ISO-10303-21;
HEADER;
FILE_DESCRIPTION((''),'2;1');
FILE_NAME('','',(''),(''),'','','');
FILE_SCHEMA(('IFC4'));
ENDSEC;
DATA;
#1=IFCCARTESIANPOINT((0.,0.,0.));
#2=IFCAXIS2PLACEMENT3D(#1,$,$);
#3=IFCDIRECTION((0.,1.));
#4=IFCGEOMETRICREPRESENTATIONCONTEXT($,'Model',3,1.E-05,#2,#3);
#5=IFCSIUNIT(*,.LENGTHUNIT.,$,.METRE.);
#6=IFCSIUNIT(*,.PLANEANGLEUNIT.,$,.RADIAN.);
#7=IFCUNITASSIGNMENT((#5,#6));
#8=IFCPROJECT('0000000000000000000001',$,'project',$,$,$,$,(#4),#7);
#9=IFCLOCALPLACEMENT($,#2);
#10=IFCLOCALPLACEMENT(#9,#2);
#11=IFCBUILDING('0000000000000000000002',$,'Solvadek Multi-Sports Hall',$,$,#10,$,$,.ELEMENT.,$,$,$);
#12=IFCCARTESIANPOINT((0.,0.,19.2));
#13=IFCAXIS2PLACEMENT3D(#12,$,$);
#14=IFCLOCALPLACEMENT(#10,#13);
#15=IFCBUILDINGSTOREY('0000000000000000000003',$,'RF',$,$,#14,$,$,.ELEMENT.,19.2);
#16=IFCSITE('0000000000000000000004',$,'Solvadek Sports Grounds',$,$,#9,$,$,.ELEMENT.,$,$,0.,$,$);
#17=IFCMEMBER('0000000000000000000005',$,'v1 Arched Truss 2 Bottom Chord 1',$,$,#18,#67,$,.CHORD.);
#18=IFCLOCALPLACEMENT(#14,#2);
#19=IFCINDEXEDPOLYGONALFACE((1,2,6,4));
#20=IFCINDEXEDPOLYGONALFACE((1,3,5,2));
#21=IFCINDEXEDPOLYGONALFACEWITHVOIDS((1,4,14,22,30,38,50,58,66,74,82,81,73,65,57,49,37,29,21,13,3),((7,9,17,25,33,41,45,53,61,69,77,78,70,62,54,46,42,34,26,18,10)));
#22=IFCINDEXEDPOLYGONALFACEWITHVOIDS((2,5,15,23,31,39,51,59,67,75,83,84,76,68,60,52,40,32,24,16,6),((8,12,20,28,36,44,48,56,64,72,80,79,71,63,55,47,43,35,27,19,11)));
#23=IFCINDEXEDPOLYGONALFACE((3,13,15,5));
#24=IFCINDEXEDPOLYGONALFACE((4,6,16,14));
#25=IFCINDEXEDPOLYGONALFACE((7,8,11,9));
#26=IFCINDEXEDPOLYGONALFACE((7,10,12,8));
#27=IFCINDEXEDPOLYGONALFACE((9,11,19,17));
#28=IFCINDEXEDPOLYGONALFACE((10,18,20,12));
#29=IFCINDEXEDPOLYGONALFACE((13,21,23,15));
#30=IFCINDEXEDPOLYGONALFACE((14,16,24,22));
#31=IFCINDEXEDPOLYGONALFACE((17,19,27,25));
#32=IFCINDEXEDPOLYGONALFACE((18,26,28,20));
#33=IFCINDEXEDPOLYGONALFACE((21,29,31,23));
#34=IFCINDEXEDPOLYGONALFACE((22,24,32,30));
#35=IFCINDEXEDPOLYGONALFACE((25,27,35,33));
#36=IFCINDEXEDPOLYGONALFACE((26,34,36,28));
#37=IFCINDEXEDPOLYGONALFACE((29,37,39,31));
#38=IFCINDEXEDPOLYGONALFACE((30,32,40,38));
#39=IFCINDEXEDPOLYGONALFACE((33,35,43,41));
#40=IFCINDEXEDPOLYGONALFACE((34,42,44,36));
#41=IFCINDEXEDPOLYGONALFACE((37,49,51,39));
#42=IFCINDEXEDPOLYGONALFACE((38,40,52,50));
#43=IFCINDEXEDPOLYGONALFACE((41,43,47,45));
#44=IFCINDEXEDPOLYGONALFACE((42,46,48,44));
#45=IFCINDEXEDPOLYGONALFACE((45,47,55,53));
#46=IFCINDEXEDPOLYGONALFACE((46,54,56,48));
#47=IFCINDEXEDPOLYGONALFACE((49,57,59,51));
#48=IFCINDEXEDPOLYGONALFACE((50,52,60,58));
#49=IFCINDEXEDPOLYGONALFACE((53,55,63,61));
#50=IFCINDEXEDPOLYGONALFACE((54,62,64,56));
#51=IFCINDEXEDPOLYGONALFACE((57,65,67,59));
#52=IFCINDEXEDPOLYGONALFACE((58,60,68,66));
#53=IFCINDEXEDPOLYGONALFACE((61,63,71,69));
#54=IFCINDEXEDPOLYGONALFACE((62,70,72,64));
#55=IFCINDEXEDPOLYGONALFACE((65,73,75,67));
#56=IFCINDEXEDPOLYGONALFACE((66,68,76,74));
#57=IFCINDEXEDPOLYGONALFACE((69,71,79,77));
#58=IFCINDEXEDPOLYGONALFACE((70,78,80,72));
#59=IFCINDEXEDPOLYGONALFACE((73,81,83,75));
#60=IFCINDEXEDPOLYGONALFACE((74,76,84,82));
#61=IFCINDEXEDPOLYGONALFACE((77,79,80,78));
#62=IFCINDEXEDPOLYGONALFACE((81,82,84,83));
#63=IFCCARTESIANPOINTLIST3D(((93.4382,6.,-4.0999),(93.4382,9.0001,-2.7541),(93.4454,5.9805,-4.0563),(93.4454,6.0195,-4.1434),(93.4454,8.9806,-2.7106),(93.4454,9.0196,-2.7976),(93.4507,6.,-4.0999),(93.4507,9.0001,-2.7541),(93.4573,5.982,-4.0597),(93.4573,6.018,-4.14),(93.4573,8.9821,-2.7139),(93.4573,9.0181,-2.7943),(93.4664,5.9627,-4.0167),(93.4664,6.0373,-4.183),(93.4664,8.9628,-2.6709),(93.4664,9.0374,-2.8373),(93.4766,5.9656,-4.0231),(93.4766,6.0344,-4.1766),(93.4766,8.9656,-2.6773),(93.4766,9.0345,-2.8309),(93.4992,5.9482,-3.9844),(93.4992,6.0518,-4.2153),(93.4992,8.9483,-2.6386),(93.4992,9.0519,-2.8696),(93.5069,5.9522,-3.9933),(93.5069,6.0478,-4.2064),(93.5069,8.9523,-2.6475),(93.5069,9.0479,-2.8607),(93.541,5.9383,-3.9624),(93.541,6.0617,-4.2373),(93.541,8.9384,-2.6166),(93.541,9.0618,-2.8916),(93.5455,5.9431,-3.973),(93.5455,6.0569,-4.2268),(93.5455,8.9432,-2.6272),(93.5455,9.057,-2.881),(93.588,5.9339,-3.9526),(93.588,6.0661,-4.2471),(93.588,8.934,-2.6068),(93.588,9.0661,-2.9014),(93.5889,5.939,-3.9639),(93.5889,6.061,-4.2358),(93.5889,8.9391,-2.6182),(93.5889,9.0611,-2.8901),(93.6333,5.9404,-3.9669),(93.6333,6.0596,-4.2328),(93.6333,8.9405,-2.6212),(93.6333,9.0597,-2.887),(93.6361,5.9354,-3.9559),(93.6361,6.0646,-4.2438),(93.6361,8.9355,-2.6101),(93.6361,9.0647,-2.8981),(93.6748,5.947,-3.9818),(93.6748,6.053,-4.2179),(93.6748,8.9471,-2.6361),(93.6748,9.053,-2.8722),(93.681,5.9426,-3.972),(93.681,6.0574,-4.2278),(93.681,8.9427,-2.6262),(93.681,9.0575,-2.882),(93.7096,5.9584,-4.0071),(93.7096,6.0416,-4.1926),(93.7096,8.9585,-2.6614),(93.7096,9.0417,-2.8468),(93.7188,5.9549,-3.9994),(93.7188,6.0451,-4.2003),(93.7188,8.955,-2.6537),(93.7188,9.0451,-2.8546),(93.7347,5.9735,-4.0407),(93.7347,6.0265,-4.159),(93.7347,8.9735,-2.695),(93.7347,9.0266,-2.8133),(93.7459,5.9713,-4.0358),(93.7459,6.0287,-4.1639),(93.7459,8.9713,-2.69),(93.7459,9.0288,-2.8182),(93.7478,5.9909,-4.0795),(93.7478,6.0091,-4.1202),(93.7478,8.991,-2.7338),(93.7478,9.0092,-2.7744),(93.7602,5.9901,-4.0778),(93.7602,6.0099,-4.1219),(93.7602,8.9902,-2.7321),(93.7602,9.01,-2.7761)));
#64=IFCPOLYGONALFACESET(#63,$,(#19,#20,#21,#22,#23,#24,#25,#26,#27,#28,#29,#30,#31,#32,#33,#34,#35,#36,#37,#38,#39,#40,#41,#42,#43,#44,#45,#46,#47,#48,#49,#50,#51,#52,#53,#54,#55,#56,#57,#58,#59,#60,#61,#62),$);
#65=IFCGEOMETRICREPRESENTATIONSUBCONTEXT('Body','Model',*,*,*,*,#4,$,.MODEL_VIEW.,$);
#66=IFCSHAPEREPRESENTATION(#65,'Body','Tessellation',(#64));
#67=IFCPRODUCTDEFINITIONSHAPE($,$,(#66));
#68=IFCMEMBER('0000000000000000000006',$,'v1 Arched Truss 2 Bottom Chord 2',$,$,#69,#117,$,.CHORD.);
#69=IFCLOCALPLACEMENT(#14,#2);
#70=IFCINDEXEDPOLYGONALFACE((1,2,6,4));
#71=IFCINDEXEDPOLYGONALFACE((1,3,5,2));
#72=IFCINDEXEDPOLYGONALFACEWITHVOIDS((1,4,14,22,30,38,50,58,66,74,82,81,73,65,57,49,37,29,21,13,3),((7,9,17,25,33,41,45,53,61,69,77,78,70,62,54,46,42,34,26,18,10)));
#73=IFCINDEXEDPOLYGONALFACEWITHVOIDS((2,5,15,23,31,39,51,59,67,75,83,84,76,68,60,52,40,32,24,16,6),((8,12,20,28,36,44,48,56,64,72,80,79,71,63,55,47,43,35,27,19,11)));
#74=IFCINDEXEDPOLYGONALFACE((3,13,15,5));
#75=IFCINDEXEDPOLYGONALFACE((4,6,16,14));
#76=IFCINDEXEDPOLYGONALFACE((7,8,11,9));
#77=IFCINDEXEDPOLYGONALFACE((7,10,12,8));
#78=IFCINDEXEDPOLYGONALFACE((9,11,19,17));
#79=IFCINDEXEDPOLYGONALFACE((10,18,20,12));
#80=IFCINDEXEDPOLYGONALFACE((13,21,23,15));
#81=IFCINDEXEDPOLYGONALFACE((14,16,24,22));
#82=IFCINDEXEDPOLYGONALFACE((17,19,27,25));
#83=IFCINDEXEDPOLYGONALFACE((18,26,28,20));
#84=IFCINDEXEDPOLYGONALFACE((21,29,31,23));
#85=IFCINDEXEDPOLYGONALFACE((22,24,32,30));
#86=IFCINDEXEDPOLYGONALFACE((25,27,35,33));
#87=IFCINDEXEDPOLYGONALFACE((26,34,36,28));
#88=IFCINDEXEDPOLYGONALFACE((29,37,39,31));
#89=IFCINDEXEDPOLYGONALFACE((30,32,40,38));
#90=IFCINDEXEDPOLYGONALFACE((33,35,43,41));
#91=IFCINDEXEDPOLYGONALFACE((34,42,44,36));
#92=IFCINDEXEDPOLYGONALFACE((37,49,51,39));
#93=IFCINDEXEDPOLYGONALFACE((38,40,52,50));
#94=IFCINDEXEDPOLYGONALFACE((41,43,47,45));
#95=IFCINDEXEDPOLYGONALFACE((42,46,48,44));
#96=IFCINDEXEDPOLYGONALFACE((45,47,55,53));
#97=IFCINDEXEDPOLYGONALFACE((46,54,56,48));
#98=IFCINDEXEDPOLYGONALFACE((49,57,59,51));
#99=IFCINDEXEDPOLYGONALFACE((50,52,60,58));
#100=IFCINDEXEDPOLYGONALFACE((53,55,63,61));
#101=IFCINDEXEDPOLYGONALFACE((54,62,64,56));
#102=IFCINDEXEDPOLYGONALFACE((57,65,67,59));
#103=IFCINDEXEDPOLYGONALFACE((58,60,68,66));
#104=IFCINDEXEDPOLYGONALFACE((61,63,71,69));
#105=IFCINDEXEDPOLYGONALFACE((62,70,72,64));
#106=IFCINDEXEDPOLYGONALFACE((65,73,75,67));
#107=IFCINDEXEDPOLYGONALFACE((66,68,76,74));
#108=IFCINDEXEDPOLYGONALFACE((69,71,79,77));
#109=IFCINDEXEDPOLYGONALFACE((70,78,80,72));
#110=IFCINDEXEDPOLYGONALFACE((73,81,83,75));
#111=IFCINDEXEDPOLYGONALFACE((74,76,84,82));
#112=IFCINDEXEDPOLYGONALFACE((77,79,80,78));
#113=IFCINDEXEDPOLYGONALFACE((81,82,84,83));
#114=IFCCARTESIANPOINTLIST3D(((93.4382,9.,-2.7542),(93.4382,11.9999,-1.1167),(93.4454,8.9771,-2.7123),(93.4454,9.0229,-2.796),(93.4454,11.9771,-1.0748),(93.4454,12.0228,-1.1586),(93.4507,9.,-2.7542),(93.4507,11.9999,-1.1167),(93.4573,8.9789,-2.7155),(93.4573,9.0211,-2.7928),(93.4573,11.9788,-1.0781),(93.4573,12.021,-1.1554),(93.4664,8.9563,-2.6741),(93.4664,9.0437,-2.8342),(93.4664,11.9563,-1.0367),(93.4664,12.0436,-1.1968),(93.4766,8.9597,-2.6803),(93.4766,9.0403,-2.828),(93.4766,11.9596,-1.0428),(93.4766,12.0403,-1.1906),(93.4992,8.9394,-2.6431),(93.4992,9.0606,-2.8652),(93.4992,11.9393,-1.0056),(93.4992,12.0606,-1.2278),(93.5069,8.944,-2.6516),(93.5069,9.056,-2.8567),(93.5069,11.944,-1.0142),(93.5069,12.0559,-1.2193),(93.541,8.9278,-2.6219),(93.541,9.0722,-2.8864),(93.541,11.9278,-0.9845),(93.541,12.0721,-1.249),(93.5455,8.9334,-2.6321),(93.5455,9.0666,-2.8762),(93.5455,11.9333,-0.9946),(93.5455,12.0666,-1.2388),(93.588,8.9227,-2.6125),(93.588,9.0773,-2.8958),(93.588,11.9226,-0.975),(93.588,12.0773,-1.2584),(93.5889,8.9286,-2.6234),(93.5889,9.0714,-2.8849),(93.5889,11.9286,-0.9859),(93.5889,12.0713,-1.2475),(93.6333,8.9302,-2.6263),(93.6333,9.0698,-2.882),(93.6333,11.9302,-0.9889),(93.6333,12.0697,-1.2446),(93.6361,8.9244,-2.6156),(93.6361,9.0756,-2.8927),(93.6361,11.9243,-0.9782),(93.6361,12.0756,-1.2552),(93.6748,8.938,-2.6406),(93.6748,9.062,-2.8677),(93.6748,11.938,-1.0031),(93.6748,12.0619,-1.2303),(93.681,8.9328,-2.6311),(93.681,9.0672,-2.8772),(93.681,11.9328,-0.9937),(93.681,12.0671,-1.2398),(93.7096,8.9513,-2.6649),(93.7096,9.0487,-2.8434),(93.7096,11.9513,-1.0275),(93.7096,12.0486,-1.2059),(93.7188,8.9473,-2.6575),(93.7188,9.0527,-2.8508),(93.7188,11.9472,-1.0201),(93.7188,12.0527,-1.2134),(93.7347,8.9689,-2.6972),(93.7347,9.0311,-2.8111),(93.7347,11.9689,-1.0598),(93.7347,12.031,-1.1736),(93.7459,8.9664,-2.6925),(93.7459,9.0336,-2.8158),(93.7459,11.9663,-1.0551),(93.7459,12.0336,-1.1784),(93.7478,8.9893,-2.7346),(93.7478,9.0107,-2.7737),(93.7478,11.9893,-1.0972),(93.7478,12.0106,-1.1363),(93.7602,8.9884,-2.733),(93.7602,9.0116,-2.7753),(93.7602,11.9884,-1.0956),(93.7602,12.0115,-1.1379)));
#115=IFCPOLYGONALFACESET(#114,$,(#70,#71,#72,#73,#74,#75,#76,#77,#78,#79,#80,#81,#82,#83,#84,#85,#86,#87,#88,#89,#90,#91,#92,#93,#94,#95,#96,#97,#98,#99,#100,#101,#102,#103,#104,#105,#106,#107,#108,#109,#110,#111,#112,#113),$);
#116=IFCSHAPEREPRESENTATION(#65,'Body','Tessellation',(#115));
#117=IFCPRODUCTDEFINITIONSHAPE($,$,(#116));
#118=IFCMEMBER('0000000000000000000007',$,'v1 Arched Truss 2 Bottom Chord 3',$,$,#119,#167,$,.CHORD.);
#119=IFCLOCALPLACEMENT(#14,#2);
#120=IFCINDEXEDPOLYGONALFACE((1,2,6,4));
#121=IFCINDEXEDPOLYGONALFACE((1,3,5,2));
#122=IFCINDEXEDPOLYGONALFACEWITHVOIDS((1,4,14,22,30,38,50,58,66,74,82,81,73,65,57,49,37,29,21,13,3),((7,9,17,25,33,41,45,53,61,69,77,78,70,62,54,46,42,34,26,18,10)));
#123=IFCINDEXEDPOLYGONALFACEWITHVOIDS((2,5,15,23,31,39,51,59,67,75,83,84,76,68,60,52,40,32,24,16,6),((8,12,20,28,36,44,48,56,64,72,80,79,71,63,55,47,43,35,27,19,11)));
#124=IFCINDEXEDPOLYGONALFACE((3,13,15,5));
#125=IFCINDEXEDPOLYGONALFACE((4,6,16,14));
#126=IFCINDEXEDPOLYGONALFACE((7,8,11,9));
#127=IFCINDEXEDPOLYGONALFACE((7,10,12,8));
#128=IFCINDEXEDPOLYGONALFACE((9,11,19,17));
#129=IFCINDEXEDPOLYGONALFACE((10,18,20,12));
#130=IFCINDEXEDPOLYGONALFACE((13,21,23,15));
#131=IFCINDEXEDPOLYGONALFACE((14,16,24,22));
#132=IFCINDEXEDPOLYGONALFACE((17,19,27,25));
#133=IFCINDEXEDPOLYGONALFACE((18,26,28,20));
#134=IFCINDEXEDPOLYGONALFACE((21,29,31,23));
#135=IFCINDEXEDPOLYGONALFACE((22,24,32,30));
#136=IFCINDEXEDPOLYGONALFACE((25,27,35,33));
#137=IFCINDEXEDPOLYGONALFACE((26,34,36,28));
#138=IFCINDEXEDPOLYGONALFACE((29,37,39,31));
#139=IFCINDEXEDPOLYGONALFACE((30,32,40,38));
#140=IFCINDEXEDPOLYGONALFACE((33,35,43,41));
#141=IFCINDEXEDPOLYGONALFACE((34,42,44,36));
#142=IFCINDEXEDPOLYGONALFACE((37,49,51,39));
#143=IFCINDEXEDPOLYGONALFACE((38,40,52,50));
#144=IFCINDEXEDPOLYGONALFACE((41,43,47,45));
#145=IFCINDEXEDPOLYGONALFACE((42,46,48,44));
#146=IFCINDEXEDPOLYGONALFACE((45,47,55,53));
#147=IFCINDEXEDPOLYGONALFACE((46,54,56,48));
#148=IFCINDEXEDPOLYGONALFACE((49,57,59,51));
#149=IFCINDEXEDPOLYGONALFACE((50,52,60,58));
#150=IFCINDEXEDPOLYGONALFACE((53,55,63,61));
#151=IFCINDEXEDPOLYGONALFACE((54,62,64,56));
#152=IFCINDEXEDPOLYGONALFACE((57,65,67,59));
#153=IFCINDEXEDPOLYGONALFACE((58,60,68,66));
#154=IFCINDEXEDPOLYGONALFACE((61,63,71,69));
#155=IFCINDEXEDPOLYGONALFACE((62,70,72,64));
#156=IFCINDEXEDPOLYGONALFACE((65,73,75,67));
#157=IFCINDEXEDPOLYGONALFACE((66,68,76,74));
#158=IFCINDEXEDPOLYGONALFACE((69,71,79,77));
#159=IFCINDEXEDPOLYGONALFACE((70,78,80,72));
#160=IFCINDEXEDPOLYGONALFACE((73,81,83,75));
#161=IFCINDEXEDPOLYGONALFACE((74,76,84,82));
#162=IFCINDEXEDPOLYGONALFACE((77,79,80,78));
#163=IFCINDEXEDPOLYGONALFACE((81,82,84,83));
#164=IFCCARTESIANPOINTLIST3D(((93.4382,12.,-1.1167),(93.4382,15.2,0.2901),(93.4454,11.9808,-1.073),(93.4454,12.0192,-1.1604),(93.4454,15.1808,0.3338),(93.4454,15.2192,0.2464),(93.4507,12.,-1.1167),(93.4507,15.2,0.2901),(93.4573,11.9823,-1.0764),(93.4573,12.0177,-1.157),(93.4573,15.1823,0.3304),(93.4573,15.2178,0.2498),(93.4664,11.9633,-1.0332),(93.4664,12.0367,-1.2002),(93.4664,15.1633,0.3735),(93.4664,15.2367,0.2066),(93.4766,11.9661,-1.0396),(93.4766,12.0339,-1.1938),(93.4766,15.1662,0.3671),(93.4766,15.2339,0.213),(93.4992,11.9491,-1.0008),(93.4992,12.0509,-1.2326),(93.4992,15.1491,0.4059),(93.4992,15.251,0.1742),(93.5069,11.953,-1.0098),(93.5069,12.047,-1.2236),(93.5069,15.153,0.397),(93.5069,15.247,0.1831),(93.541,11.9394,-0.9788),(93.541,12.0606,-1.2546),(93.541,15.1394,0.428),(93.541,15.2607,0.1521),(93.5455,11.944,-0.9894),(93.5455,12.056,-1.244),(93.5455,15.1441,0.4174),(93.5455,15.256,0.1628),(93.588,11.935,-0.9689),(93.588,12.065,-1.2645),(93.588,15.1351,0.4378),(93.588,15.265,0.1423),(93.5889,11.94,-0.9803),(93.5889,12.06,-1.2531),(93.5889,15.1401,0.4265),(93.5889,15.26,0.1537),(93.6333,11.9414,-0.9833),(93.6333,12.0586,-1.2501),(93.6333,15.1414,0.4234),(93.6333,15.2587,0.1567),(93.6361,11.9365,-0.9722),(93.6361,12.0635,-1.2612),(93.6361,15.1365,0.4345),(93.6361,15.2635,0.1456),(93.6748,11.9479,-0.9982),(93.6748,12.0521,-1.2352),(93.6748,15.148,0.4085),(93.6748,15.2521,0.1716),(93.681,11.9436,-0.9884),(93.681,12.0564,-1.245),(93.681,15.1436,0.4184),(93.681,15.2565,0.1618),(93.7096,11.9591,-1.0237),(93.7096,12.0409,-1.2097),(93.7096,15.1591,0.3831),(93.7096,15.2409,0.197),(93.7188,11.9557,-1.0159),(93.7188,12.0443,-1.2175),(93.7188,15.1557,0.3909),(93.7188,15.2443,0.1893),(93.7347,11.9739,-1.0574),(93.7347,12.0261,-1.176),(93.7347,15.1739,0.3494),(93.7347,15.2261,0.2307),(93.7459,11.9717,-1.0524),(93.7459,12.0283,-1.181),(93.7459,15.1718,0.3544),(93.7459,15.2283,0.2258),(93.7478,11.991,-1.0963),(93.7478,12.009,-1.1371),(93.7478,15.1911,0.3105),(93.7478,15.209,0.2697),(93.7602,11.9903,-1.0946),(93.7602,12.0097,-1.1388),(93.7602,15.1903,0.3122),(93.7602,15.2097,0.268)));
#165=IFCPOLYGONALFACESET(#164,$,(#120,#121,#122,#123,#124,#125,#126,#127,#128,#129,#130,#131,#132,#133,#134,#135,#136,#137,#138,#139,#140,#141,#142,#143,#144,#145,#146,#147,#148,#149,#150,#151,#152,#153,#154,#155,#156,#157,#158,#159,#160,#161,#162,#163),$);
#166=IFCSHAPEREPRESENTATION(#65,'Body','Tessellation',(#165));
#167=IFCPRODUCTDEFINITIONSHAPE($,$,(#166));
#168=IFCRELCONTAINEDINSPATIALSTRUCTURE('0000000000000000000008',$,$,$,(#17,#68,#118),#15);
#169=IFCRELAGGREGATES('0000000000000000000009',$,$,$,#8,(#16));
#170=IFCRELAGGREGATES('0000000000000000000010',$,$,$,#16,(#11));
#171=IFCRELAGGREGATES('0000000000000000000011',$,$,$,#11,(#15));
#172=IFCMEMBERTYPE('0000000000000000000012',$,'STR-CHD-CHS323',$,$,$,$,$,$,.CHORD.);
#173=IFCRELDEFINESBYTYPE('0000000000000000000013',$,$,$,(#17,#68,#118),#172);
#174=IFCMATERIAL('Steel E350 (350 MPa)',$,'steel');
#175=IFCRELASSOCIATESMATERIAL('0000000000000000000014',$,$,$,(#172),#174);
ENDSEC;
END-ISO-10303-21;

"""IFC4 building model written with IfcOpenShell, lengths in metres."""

from ifc_helpers import new_model, si_unit, direction, frame, origin, origin_2d, place, context, subcontext, project, spatial, hollow_circle, extrude, material, material_profile, profile_set, type_object, element, save


model = new_model("IFC4")

# Units and contexts
model_context = context("Model", 3, precision=1e-05, world=origin(), true_north=direction((0.0, 1.0)))
body_context = subcontext(model_context, "Body", "Model", "MODEL_VIEW")
ifc_project = project(units=[si_unit("LENGTHUNIT", "METRE"), si_unit("PLANEANGLEUNIT", "RADIAN")], contexts=[model_context])

# Site, building, storey
site_placement = place(None, origin())
site = spatial("IfcSite", under=ifc_project, at=site_placement, Name="Solvadek Sports Grounds", CompositionType="ELEMENT", RefElevation=0.0)
building_placement = place(site_placement, origin())
building = spatial("IfcBuilding", under=site, at=building_placement, Name="Solvadek Multi-Sports Hall", CompositionType="ELEMENT")
storey_placement = place(building_placement, frame((0.0, 0.0, 19.2)))
storey = spatial("IfcBuildingStorey", under=building, at=storey_placement, Name="RF", CompositionType="ELEMENT", Elevation=19.2)

# Shared definitions
ifc_material_1 = material(Name="Steel E350 (350 MPa)", Category="steel")

# Members
ifc_material_profile_1 = material_profile(ifc_material_1, hollow_circle(Radius=0.1619, WallThickness=0.0125, at=origin_2d()), Name="CHS 323.9x12.5")
ifc_profile_set_1 = profile_set([ifc_material_profile_1], Name="Steel E350 (350 MPa)")
member_type_1 = type_object("IfcMemberType", Name="STR-CHD-CHS323", PredefinedType="CHORD", material=ifc_profile_set_1)
member_1_placement = place(storey_placement, frame((93.6001, 6.0, -4.0999), z_axis=(0.0, 0.91241, 0.409278), x_axis=(-1.0, 0.0, 0.0)))
element("IfcMember", 1, at=member_1_placement, inside=storey, type_object=member_type_1, Name="v1 Arched Truss 2 Bottom Chord 1", PredefinedType="CHORD", context=body_context, shape_type="SweptSolid", body=[
    extrude(hollow_circle(Radius=0.1619, WallThickness=0.0125, at=origin_2d()), origin(), (0.0, 0.0, 1.0), 3.2881),
])
member_2_placement = place(storey_placement, frame((93.6001, 9.0, -2.7542), z_axis=(0.0, 0.877762, 0.479097), x_axis=(-1.0, 0.0, 0.0)))
element("IfcMember", 2, at=member_2_placement, inside=storey, type_object=member_type_1, Name="v1 Arched Truss 2 Bottom Chord 2", PredefinedType="CHORD", context=body_context, shape_type="SweptSolid", body=[
    extrude(hollow_circle(Radius=0.1619, WallThickness=0.0125, at=origin_2d()), origin(), (0.0, 0.0, 1.0), 3.4177),
])
member_3_placement = place(storey_placement, frame((93.6001, 12.0, -1.1167), z_axis=(0.0, 0.915446, 0.402441), x_axis=(-1.0, 0.0, 0.0)))
element("IfcMember", 3, at=member_3_placement, inside=storey, type_object=member_type_1, Name="v1 Arched Truss 2 Bottom Chord 3", PredefinedType="CHORD", context=body_context, shape_type="SweptSolid", body=[
    extrude(hollow_circle(Radius=0.1619, WallThickness=0.0125, at=origin_2d()), origin(), (0.0, 0.0, 1.0), 3.4956),
])

save(model, "model.ifc")
